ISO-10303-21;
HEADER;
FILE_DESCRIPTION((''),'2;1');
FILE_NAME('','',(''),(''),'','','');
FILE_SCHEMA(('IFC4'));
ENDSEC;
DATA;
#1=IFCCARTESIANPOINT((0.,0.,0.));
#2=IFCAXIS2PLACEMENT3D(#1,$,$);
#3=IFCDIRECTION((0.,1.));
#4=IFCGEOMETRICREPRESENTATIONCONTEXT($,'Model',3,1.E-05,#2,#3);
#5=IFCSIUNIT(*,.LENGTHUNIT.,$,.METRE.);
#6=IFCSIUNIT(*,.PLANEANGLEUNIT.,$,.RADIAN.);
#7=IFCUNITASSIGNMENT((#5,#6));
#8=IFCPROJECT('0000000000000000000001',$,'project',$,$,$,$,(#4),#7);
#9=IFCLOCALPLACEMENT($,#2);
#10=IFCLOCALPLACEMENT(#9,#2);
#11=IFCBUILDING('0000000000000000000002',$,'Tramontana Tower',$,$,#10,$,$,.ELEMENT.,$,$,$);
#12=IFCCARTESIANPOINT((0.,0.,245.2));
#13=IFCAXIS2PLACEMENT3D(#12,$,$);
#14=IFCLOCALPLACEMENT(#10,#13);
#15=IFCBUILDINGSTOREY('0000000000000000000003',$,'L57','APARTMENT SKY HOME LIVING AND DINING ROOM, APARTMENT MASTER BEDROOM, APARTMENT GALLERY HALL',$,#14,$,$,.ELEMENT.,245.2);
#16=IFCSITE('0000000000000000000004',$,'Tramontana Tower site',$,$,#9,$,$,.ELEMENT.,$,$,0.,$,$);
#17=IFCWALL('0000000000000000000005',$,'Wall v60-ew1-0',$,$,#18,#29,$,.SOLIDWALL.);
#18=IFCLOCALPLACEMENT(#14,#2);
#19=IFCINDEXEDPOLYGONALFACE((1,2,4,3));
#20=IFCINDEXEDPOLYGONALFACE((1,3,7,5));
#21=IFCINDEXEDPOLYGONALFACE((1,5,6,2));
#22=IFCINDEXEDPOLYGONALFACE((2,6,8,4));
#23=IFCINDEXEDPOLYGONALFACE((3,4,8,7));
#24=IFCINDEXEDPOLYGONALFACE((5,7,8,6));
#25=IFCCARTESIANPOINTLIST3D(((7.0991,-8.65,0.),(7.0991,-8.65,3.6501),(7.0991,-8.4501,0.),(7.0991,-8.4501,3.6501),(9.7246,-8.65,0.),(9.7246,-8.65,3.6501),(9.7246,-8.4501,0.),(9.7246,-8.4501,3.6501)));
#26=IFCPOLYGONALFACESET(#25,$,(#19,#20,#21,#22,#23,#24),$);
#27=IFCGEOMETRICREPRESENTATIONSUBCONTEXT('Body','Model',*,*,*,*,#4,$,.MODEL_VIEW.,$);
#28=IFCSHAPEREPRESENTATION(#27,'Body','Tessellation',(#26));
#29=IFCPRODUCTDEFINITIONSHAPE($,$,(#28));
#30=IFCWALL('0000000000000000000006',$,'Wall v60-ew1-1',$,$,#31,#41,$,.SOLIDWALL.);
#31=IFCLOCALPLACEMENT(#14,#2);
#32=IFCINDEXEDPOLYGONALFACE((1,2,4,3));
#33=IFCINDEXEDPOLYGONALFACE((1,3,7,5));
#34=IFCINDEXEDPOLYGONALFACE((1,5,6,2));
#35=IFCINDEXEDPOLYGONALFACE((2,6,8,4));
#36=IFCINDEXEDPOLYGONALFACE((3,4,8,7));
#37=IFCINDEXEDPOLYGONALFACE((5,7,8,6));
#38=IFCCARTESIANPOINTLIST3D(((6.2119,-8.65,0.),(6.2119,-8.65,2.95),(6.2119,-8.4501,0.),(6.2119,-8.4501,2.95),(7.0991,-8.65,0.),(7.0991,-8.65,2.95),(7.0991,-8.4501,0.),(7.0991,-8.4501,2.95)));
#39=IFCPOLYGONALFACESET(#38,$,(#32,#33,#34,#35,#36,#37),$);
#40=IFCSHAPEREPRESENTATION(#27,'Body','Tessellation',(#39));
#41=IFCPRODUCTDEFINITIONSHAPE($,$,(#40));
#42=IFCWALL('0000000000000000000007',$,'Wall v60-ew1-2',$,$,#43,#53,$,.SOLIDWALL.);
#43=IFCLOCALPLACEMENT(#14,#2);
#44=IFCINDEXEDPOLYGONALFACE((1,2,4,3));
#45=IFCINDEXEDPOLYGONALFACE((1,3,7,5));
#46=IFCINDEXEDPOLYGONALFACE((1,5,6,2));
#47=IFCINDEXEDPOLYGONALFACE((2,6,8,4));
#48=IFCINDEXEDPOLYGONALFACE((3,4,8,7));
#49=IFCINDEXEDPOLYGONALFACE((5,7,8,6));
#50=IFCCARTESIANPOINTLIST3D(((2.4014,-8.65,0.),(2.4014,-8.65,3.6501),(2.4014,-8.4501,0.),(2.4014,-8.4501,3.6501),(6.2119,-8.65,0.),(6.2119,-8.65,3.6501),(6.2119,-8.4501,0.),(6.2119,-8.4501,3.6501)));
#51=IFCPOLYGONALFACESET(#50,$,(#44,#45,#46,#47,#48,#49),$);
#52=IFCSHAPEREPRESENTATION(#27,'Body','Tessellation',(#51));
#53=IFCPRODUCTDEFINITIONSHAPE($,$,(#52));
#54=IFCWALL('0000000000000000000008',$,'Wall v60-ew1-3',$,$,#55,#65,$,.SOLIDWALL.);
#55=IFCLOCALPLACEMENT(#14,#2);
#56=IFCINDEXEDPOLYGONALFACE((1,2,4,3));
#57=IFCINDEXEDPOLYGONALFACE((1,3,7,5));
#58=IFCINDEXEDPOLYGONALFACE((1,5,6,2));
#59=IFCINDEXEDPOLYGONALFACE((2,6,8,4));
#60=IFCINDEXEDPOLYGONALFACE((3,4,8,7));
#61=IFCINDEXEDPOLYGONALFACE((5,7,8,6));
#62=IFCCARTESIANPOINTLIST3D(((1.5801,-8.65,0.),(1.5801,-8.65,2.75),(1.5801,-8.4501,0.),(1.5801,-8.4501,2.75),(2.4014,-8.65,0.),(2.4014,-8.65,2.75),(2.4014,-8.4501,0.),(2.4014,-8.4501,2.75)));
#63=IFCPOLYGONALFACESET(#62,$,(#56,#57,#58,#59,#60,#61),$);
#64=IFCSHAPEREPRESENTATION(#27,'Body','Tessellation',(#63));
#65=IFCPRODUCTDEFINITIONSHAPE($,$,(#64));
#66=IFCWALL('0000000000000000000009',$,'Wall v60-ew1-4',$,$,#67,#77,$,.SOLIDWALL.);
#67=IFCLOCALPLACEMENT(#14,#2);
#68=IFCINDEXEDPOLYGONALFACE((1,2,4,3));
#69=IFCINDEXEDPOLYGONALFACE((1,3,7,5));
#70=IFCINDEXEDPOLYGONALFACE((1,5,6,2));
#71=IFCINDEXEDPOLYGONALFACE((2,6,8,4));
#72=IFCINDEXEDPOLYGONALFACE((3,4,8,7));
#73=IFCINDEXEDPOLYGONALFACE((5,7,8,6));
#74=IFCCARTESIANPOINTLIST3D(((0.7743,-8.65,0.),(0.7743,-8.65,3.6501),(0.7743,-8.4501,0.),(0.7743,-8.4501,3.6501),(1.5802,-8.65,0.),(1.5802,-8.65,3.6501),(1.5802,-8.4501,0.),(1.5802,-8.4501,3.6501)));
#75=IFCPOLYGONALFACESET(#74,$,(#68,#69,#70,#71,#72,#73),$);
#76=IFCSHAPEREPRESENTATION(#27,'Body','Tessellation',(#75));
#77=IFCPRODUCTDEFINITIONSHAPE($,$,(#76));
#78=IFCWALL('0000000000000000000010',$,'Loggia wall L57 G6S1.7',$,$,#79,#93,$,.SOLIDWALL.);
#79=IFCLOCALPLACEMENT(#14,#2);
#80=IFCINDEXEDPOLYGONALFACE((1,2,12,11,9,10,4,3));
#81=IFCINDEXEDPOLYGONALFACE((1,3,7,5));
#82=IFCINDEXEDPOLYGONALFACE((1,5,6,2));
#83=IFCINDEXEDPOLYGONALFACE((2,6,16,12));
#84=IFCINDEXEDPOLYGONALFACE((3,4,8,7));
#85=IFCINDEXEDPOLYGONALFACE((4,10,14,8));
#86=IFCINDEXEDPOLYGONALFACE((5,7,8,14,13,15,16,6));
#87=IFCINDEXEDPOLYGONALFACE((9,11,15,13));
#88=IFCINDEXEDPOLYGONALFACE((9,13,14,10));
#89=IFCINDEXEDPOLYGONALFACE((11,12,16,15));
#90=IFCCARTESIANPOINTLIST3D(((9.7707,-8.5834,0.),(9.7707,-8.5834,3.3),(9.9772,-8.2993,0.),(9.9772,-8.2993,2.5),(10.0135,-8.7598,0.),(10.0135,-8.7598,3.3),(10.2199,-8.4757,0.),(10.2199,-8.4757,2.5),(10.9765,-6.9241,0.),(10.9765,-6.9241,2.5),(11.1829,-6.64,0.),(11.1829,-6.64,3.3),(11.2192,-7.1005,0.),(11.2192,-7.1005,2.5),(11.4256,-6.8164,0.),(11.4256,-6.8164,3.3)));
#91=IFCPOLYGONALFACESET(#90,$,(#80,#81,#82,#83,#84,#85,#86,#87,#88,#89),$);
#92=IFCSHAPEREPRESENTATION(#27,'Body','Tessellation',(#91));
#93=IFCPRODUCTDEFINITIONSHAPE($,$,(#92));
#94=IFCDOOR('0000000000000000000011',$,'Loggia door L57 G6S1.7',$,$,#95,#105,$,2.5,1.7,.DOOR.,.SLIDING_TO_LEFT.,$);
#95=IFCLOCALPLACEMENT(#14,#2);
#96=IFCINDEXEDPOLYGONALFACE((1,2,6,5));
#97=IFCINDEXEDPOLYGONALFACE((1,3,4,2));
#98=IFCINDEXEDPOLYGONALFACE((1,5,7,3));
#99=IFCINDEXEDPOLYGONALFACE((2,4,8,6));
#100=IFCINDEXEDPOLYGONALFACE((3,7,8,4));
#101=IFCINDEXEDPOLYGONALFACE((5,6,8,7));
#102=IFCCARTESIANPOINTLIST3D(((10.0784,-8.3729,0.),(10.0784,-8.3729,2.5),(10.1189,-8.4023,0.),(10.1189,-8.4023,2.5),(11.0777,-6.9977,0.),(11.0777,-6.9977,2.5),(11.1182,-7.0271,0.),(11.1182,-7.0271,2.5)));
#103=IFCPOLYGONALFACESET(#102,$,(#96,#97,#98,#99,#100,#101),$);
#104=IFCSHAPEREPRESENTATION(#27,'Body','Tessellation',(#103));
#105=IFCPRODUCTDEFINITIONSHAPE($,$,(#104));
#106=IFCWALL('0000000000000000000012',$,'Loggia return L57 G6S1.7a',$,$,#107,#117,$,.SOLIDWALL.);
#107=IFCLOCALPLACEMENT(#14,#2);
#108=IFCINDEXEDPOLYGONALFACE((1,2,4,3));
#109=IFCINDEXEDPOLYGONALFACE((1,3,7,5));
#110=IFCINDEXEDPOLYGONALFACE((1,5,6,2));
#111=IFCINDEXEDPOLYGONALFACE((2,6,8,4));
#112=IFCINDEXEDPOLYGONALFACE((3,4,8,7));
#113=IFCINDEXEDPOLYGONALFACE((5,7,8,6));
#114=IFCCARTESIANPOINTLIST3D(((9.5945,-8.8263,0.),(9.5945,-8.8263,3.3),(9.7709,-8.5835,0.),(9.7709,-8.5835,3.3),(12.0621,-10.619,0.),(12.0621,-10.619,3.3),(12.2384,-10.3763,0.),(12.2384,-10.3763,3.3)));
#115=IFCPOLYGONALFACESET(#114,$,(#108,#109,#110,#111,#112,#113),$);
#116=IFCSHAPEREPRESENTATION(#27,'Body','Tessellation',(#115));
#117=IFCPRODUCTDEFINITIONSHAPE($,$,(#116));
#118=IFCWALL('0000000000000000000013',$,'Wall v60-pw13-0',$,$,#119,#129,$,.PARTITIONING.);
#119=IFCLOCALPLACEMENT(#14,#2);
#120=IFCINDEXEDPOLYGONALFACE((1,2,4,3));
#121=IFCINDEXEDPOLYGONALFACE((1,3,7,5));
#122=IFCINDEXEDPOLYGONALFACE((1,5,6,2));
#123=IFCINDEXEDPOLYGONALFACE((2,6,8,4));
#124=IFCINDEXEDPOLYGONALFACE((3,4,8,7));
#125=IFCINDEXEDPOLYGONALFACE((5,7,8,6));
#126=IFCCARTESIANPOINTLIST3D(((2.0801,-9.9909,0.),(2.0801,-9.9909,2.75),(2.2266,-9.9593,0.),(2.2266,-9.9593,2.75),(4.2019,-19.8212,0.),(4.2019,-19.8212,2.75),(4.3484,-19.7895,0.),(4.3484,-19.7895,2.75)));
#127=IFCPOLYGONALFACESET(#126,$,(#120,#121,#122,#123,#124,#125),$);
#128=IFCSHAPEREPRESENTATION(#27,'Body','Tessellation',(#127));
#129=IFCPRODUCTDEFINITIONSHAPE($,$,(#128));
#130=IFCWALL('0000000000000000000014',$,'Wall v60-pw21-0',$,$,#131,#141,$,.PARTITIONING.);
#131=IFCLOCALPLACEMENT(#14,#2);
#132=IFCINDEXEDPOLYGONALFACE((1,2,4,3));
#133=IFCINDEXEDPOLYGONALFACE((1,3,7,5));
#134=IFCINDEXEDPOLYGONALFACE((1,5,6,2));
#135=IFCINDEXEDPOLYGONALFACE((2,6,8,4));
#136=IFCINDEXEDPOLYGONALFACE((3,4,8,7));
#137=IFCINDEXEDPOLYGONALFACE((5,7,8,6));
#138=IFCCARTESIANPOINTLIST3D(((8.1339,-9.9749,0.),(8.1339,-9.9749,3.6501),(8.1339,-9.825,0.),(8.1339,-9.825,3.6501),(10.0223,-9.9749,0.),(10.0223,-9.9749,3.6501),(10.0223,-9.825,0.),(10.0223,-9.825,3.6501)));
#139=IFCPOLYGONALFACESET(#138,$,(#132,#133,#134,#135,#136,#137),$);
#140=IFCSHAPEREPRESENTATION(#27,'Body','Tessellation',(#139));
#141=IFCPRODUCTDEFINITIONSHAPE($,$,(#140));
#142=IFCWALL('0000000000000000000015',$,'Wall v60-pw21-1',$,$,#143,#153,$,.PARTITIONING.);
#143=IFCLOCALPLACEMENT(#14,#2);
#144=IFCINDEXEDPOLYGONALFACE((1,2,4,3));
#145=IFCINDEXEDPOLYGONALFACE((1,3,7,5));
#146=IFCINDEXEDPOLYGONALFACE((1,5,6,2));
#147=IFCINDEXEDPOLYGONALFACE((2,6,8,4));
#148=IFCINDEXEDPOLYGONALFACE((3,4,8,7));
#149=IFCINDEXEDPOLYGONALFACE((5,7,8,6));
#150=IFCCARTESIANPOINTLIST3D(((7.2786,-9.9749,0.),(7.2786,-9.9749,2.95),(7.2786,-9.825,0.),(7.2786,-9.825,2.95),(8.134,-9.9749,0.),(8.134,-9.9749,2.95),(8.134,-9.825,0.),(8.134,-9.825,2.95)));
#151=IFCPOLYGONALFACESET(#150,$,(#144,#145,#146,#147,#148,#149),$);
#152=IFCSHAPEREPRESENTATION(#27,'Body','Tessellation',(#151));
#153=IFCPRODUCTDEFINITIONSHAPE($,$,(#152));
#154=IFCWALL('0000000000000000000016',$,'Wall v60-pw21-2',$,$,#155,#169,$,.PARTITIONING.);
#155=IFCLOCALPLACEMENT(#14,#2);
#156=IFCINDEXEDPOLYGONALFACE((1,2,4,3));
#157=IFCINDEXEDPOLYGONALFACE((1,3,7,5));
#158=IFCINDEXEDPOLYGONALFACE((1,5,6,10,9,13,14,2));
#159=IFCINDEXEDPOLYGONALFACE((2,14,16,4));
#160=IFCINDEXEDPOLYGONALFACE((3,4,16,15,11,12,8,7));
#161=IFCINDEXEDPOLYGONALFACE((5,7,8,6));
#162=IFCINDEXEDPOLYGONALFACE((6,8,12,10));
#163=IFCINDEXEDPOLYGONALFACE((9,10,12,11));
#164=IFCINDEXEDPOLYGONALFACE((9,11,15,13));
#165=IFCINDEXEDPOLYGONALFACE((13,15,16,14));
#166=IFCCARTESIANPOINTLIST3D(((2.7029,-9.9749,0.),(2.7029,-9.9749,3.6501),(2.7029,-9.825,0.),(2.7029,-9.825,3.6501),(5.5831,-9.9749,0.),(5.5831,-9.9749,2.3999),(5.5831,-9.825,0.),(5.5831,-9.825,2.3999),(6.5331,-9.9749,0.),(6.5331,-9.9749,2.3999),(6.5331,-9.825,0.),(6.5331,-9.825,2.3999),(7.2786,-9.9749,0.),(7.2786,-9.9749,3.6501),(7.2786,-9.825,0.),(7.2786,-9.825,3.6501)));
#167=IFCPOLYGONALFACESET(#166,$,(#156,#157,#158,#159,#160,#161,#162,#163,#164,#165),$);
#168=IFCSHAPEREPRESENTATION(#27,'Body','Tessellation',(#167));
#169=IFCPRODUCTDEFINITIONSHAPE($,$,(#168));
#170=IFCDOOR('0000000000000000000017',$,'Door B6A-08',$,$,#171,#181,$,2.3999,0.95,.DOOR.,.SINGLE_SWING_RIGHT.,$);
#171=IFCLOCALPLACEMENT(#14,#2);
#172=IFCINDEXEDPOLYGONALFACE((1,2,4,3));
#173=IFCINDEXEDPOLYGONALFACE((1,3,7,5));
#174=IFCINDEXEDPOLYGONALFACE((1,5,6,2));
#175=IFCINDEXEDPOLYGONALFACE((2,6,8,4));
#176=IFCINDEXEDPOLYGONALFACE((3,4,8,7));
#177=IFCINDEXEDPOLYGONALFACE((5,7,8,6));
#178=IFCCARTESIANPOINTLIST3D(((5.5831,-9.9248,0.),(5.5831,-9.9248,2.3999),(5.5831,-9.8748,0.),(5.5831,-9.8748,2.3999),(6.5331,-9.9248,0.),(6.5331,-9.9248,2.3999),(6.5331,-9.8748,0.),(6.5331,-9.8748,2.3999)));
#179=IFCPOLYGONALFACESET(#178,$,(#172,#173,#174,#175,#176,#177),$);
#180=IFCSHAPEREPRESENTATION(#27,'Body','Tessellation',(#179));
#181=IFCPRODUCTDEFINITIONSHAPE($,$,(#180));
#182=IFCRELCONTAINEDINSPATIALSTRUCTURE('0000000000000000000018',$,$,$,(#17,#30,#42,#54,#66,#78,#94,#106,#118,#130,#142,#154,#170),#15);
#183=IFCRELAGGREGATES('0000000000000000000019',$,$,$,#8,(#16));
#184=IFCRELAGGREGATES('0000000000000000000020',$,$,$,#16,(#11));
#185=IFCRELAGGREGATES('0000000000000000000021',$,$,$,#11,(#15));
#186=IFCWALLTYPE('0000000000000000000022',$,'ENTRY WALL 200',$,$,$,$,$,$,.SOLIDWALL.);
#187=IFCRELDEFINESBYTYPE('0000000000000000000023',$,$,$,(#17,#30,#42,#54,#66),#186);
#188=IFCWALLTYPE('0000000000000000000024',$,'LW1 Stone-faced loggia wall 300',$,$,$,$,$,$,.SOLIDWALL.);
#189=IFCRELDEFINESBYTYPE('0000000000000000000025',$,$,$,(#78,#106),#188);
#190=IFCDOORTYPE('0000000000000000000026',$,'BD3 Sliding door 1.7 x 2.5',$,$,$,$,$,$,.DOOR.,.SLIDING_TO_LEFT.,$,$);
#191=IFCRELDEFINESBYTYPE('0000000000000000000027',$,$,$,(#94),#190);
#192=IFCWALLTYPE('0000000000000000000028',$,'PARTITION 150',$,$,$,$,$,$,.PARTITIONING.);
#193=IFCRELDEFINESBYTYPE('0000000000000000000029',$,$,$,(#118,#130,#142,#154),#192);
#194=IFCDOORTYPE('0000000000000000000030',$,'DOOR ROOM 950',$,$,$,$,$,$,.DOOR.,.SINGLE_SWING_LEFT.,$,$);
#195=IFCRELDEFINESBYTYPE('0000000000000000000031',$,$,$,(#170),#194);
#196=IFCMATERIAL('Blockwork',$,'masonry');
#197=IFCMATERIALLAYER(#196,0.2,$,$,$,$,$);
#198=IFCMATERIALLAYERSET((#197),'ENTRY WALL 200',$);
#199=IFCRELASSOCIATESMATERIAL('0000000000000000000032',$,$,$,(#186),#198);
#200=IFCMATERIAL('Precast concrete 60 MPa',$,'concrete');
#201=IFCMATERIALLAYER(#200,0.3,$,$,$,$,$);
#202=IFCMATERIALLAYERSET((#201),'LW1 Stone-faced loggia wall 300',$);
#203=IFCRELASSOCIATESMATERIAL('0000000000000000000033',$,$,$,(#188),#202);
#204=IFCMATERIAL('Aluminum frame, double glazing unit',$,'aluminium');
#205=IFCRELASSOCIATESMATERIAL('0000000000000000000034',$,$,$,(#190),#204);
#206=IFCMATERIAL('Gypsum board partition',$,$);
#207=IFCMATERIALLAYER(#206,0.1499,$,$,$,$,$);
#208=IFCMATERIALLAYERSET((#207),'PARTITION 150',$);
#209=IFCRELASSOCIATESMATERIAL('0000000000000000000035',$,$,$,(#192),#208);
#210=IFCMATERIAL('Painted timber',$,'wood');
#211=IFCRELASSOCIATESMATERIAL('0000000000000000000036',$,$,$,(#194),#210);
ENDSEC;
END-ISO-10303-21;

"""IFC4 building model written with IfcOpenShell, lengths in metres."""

from ifc_helpers import new_model, si_unit, direction, frame, frame_2d, origin, place, context, subcontext, project, spatial, rectangle, extrude, material, layer, layer_set, type_object, element, fill, save


model = new_model("IFC4")

# Units and contexts
model_context = context("Model", 3, precision=1e-05, world=origin(), true_north=direction((0.0, 1.0)))
body_context = subcontext(model_context, "Body", "Model", "MODEL_VIEW")
ifc_project = project(units=[si_unit("LENGTHUNIT", "METRE"), si_unit("PLANEANGLEUNIT", "RADIAN")], contexts=[model_context])

# Site, building, storey
site_placement = place(None, origin())
site = spatial("IfcSite", under=ifc_project, at=site_placement, Name="Tramontana Tower site", CompositionType="ELEMENT", RefElevation=0.0)
building_placement = place(site_placement, origin())
building = spatial("IfcBuilding", under=site, at=building_placement, Name="Tramontana Tower", CompositionType="ELEMENT")
storey_placement = place(building_placement, frame((0.0, 0.0, 245.2)))
storey = spatial("IfcBuildingStorey", under=building, at=storey_placement, Name="L57", Description="APARTMENT SKY HOME LIVING AND DINING ROOM, APARTMENT MASTER BEDROOM, APARTMENT GALLERY HALL", CompositionType="ELEMENT", Elevation=245.2)

# Walls
ifc_material_1 = material(Name="Blockwork", Category="masonry")
ifc_layer_1 = layer(ifc_material_1, 0.2)
ifc_layer_set_1 = layer_set([ifc_layer_1], Name="ENTRY WALL 200")
wall_type_1 = type_object("IfcWallType", Name="ENTRY WALL 200", PredefinedType="SOLIDWALL", material=ifc_layer_set_1)
wall_1_placement = place(storey_placement, frame((9.7246, -8.55, 0.0), z_axis=(0.0, 0.0, 1.0), x_axis=(-1.0, 0.0, 0.0)))
element("IfcWall", 1, at=wall_1_placement, inside=storey, type_object=wall_type_1, Name="Wall v60-ew1-0", PredefinedType="SOLIDWALL", context=body_context, shape_type="SweptSolid", body=[
    extrude(rectangle(XDim=2.6255, YDim=0.2, at=frame_2d((1.3127, 0.0))), origin(), (0.0, 0.0, 1.0), 3.6501),
])
wall_2_placement = place(storey_placement, frame((7.0991, -8.55, 0.0), z_axis=(0.0, 0.0, 1.0), x_axis=(-1.0, 0.0, 0.0)))
element("IfcWall", 2, at=wall_2_placement, inside=storey, type_object=wall_type_1, Name="Wall v60-ew1-1", PredefinedType="SOLIDWALL", context=body_context, shape_type="SweptSolid", body=[
    extrude(rectangle(XDim=0.8872, YDim=0.2, at=frame_2d((0.4436, 0.0))), origin(), (0.0, 0.0, 1.0), 2.95),
])
wall_3_placement = place(storey_placement, frame((6.2119, -8.55, 0.0), z_axis=(0.0, 0.0, 1.0), x_axis=(-1.0, 0.0, 0.0)))
element("IfcWall", 3, at=wall_3_placement, inside=storey, type_object=wall_type_1, Name="Wall v60-ew1-2", PredefinedType="SOLIDWALL", context=body_context, shape_type="SweptSolid", body=[
    extrude(rectangle(XDim=3.8105, YDim=0.2, at=frame_2d((1.9053, 0.0))), origin(), (0.0, 0.0, 1.0), 3.6501),
])
wall_4_placement = place(storey_placement, frame((2.4014, -8.55, 0.0), z_axis=(0.0, 0.0, 1.0), x_axis=(-1.0, 0.0, 0.0)))
element("IfcWall", 4, at=wall_4_placement, inside=storey, type_object=wall_type_1, Name="Wall v60-ew1-3", PredefinedType="SOLIDWALL", context=body_context, shape_type="SweptSolid", body=[
    extrude(rectangle(XDim=0.8213, YDim=0.2, at=frame_2d((0.4106, 0.0))), origin(), (0.0, 0.0, 1.0), 2.75),
])
wall_5_placement = place(storey_placement, frame((1.5801, -8.55, 0.0), z_axis=(0.0, 0.0, 1.0), x_axis=(-1.0, 0.0, 0.0)))
element("IfcWall", 5, at=wall_5_placement, inside=storey, type_object=wall_type_1, Name="Wall v60-ew1-4", PredefinedType="SOLIDWALL", context=body_context, shape_type="SweptSolid", body=[
    extrude(rectangle(XDim=0.8059, YDim=0.2, at=frame_2d((0.4028, 0.0))), origin(), (0.0, 0.0, 1.0), 3.6501),
])

# Wall, opening, door
ifc_material_2 = material(Name="Precast concrete 60 MPa", Category="concrete")
ifc_layer_2 = layer(ifc_material_2, 0.3)
ifc_layer_set_2 = layer_set([ifc_layer_2], Name="LW1 Stone-faced loggia wall 300")
wall_type_2 = type_object("IfcWallType", Name="LW1 Stone-faced loggia wall 300", PredefinedType="SOLIDWALL", material=ifc_layer_set_2)
wall_6_placement = place(storey_placement, frame((9.8921, -8.6716, 0.0), z_axis=(0.0, 0.0, 1.0), x_axis=(0.587833, 0.808982, 0.0)))
wall_6 = element("IfcWall", 6, at=wall_6_placement, inside=storey, type_object=wall_type_2, Name="Loggia wall L57 G6S1.7", PredefinedType="SOLIDWALL", context=body_context, shape_type="SweptSolid", body=[
    extrude(rectangle(XDim=2.4023, YDim=0.3, at=frame_2d((1.2012, 0.0))), origin(), (0.0, 0.0, 1.0), 3.3),
])
opening_1_placement = place(wall_6_placement, frame((0.3511, 0.0, 0.0)))
opening_1 = element("IfcOpeningElement", 7, at=opening_1_placement, cuts=wall_6, PredefinedType="OPENING", context=body_context, shape_type="SweptSolid", body=[
    extrude(rectangle(XDim=1.7, YDim=2.5, at=frame_2d((0.8501, 1.25))), frame((0.0, 0.1599, 0.0), z_axis=(0.0, -1.0, 0.0), x_axis=(1.0, 0.0, 0.0)), (0.0, 0.0, 1.0), 0.3201),
])
ifc_material_3 = material(Name="Aluminum frame, double glazing unit", Category="aluminium")
door_type_1 = type_object("IfcDoorType", Name="BD3 Sliding door 1.7 x 2.5", OperationType="SLIDING_TO_LEFT", PredefinedType="DOOR", material=ifc_material_3)
door_1_placement = place(opening_1_placement, origin())
door_1 = element("IfcDoor", 8, at=door_1_placement, inside=storey, type_object=door_type_1, Name="Loggia door L57 G6S1.7", OperationType="SLIDING_TO_LEFT", OverallHeight=2.5, OverallWidth=1.7, PredefinedType="DOOR", context=body_context, shape_type="SweptSolid", body=[
    extrude(rectangle(XDim=1.7, YDim=2.5, at=frame_2d((0.8501, 1.25))), frame((0.0, 0.0249, 0.0), z_axis=(0.0, -1.0, 0.0), x_axis=(1.0, 0.0, 0.0)), (0.0, 0.0, 1.0), 0.05),
])
fill(opening_1, door_1)

# Wall
wall_7_placement = place(storey_placement, frame((12.1501, -10.4976, 0.0), z_axis=(0.0, 0.0, 1.0), x_axis=(-0.809023, 0.587777, 0.0)))
element("IfcWall", 9, at=wall_7_placement, inside=storey, type_object=wall_type_2, Name="Loggia return L57 G6S1.7a", PredefinedType="SOLIDWALL", context=body_context, shape_type="SweptSolid", body=[
    extrude(rectangle(XDim=3.05, YDim=0.3, at=frame_2d((1.5249, 0.0))), origin(), (0.0, 0.0, 1.0), 3.3),
])

# Shared definitions
ifc_material_4 = material(Name="Gypsum board partition")
ifc_layer_3 = layer(ifc_material_4, 0.1499)
ifc_layer_set_3 = layer_set([ifc_layer_3], Name="PARTITION 150")
wall_type_3 = type_object("IfcWallType", Name="PARTITION 150", PredefinedType="PARTITIONING", material=ifc_layer_set_3)

# Wall
wall_8_placement = place(storey_placement, frame((2.1533, -9.9751, 0.0), z_axis=(0.0, 0.0, 1.0), x_axis=(0.210986, -0.977489, 0.0)))
element("IfcWall", 10, at=wall_8_placement, inside=storey, type_object=wall_type_3, Name="Wall v60-pw13-0", PredefinedType="PARTITIONING", context=body_context, shape_type="SweptSolid", body=[
    extrude(rectangle(XDim=10.0566, YDim=0.1499, at=frame_2d((5.0283, 0.0))), origin(), (0.0, 0.0, 1.0), 2.75),
])

# Walls
wall_9_placement = place(storey_placement, frame((10.0225, -9.8999, 0.0), z_axis=(0.0, 0.0, 1.0), x_axis=(-1.0, 0.0, 0.0)))
element("IfcWall", 11, at=wall_9_placement, inside=storey, type_object=wall_type_3, Name="Wall v60-pw21-0", PredefinedType="PARTITIONING", context=body_context, shape_type="SweptSolid", body=[
    extrude(rectangle(XDim=1.8884, YDim=0.1499, at=frame_2d((0.9443, 0.0))), origin(), (0.0, 0.0, 1.0), 3.6501),
])
wall_10_placement = place(storey_placement, frame((8.134, -9.8999, 0.0), z_axis=(0.0, 0.0, 1.0), x_axis=(-1.0, 0.0, 0.0)))
element("IfcWall", 12, at=wall_10_placement, inside=storey, type_object=wall_type_3, Name="Wall v60-pw21-1", PredefinedType="PARTITIONING", context=body_context, shape_type="SweptSolid", body=[
    extrude(rectangle(XDim=0.8555, YDim=0.1499, at=frame_2d((0.4277, 0.0))), origin(), (0.0, 0.0, 1.0), 2.95),
])

# Wall, opening, door
wall_11_placement = place(storey_placement, frame((7.2786, -9.8999, 0.0), z_axis=(0.0, 0.0, 1.0), x_axis=(-1.0, 0.0, 0.0)))
wall_11 = element("IfcWall", 13, at=wall_11_placement, inside=storey, type_object=wall_type_3, Name="Wall v60-pw21-2", PredefinedType="PARTITIONING", context=body_context, shape_type="SweptSolid", body=[
    extrude(rectangle(XDim=4.5757, YDim=0.1499, at=frame_2d((2.2878, 0.0))), origin(), (0.0, 0.0, 1.0), 3.6501),
])
opening_2_placement = place(wall_11_placement, frame((0.7454, 0.0, 0.0)))
opening_2 = element("IfcOpeningElement", 14, at=opening_2_placement, cuts=wall_11, PredefinedType="OPENING", context=body_context, shape_type="SweptSolid", body=[
    extrude(rectangle(XDim=0.95, YDim=2.3999, at=frame_2d((0.4751, 1.2))), frame((0.0, 0.085, 0.0), z_axis=(0.0, -1.0, 0.0), x_axis=(1.0, 0.0, 0.0)), (0.0, 0.0, 1.0), 0.1699),
])
ifc_material_5 = material(Name="Painted timber", Category="wood")
door_type_2 = type_object("IfcDoorType", Name="DOOR ROOM 950", OperationType="SINGLE_SWING_LEFT", PredefinedType="DOOR", material=ifc_material_5)
door_2_placement = place(opening_2_placement, origin())
door_2 = element("IfcDoor", 15, at=door_2_placement, inside=storey, type_object=door_type_2, Name="Door B6A-08", OperationType="SINGLE_SWING_RIGHT", OverallHeight=2.3999, OverallWidth=0.95, PredefinedType="DOOR", context=body_context, shape_type="SweptSolid", body=[
    extrude(rectangle(XDim=0.95, YDim=2.3999, at=frame_2d((0.4751, 1.2))), frame((0.0, 0.0249, 0.0), z_axis=(0.0, -1.0, 0.0), x_axis=(1.0, 0.0, 0.0)), (0.0, 0.0, 1.0), 0.05),
])
fill(opening_2, door_2)

save(model, "model.ifc")
